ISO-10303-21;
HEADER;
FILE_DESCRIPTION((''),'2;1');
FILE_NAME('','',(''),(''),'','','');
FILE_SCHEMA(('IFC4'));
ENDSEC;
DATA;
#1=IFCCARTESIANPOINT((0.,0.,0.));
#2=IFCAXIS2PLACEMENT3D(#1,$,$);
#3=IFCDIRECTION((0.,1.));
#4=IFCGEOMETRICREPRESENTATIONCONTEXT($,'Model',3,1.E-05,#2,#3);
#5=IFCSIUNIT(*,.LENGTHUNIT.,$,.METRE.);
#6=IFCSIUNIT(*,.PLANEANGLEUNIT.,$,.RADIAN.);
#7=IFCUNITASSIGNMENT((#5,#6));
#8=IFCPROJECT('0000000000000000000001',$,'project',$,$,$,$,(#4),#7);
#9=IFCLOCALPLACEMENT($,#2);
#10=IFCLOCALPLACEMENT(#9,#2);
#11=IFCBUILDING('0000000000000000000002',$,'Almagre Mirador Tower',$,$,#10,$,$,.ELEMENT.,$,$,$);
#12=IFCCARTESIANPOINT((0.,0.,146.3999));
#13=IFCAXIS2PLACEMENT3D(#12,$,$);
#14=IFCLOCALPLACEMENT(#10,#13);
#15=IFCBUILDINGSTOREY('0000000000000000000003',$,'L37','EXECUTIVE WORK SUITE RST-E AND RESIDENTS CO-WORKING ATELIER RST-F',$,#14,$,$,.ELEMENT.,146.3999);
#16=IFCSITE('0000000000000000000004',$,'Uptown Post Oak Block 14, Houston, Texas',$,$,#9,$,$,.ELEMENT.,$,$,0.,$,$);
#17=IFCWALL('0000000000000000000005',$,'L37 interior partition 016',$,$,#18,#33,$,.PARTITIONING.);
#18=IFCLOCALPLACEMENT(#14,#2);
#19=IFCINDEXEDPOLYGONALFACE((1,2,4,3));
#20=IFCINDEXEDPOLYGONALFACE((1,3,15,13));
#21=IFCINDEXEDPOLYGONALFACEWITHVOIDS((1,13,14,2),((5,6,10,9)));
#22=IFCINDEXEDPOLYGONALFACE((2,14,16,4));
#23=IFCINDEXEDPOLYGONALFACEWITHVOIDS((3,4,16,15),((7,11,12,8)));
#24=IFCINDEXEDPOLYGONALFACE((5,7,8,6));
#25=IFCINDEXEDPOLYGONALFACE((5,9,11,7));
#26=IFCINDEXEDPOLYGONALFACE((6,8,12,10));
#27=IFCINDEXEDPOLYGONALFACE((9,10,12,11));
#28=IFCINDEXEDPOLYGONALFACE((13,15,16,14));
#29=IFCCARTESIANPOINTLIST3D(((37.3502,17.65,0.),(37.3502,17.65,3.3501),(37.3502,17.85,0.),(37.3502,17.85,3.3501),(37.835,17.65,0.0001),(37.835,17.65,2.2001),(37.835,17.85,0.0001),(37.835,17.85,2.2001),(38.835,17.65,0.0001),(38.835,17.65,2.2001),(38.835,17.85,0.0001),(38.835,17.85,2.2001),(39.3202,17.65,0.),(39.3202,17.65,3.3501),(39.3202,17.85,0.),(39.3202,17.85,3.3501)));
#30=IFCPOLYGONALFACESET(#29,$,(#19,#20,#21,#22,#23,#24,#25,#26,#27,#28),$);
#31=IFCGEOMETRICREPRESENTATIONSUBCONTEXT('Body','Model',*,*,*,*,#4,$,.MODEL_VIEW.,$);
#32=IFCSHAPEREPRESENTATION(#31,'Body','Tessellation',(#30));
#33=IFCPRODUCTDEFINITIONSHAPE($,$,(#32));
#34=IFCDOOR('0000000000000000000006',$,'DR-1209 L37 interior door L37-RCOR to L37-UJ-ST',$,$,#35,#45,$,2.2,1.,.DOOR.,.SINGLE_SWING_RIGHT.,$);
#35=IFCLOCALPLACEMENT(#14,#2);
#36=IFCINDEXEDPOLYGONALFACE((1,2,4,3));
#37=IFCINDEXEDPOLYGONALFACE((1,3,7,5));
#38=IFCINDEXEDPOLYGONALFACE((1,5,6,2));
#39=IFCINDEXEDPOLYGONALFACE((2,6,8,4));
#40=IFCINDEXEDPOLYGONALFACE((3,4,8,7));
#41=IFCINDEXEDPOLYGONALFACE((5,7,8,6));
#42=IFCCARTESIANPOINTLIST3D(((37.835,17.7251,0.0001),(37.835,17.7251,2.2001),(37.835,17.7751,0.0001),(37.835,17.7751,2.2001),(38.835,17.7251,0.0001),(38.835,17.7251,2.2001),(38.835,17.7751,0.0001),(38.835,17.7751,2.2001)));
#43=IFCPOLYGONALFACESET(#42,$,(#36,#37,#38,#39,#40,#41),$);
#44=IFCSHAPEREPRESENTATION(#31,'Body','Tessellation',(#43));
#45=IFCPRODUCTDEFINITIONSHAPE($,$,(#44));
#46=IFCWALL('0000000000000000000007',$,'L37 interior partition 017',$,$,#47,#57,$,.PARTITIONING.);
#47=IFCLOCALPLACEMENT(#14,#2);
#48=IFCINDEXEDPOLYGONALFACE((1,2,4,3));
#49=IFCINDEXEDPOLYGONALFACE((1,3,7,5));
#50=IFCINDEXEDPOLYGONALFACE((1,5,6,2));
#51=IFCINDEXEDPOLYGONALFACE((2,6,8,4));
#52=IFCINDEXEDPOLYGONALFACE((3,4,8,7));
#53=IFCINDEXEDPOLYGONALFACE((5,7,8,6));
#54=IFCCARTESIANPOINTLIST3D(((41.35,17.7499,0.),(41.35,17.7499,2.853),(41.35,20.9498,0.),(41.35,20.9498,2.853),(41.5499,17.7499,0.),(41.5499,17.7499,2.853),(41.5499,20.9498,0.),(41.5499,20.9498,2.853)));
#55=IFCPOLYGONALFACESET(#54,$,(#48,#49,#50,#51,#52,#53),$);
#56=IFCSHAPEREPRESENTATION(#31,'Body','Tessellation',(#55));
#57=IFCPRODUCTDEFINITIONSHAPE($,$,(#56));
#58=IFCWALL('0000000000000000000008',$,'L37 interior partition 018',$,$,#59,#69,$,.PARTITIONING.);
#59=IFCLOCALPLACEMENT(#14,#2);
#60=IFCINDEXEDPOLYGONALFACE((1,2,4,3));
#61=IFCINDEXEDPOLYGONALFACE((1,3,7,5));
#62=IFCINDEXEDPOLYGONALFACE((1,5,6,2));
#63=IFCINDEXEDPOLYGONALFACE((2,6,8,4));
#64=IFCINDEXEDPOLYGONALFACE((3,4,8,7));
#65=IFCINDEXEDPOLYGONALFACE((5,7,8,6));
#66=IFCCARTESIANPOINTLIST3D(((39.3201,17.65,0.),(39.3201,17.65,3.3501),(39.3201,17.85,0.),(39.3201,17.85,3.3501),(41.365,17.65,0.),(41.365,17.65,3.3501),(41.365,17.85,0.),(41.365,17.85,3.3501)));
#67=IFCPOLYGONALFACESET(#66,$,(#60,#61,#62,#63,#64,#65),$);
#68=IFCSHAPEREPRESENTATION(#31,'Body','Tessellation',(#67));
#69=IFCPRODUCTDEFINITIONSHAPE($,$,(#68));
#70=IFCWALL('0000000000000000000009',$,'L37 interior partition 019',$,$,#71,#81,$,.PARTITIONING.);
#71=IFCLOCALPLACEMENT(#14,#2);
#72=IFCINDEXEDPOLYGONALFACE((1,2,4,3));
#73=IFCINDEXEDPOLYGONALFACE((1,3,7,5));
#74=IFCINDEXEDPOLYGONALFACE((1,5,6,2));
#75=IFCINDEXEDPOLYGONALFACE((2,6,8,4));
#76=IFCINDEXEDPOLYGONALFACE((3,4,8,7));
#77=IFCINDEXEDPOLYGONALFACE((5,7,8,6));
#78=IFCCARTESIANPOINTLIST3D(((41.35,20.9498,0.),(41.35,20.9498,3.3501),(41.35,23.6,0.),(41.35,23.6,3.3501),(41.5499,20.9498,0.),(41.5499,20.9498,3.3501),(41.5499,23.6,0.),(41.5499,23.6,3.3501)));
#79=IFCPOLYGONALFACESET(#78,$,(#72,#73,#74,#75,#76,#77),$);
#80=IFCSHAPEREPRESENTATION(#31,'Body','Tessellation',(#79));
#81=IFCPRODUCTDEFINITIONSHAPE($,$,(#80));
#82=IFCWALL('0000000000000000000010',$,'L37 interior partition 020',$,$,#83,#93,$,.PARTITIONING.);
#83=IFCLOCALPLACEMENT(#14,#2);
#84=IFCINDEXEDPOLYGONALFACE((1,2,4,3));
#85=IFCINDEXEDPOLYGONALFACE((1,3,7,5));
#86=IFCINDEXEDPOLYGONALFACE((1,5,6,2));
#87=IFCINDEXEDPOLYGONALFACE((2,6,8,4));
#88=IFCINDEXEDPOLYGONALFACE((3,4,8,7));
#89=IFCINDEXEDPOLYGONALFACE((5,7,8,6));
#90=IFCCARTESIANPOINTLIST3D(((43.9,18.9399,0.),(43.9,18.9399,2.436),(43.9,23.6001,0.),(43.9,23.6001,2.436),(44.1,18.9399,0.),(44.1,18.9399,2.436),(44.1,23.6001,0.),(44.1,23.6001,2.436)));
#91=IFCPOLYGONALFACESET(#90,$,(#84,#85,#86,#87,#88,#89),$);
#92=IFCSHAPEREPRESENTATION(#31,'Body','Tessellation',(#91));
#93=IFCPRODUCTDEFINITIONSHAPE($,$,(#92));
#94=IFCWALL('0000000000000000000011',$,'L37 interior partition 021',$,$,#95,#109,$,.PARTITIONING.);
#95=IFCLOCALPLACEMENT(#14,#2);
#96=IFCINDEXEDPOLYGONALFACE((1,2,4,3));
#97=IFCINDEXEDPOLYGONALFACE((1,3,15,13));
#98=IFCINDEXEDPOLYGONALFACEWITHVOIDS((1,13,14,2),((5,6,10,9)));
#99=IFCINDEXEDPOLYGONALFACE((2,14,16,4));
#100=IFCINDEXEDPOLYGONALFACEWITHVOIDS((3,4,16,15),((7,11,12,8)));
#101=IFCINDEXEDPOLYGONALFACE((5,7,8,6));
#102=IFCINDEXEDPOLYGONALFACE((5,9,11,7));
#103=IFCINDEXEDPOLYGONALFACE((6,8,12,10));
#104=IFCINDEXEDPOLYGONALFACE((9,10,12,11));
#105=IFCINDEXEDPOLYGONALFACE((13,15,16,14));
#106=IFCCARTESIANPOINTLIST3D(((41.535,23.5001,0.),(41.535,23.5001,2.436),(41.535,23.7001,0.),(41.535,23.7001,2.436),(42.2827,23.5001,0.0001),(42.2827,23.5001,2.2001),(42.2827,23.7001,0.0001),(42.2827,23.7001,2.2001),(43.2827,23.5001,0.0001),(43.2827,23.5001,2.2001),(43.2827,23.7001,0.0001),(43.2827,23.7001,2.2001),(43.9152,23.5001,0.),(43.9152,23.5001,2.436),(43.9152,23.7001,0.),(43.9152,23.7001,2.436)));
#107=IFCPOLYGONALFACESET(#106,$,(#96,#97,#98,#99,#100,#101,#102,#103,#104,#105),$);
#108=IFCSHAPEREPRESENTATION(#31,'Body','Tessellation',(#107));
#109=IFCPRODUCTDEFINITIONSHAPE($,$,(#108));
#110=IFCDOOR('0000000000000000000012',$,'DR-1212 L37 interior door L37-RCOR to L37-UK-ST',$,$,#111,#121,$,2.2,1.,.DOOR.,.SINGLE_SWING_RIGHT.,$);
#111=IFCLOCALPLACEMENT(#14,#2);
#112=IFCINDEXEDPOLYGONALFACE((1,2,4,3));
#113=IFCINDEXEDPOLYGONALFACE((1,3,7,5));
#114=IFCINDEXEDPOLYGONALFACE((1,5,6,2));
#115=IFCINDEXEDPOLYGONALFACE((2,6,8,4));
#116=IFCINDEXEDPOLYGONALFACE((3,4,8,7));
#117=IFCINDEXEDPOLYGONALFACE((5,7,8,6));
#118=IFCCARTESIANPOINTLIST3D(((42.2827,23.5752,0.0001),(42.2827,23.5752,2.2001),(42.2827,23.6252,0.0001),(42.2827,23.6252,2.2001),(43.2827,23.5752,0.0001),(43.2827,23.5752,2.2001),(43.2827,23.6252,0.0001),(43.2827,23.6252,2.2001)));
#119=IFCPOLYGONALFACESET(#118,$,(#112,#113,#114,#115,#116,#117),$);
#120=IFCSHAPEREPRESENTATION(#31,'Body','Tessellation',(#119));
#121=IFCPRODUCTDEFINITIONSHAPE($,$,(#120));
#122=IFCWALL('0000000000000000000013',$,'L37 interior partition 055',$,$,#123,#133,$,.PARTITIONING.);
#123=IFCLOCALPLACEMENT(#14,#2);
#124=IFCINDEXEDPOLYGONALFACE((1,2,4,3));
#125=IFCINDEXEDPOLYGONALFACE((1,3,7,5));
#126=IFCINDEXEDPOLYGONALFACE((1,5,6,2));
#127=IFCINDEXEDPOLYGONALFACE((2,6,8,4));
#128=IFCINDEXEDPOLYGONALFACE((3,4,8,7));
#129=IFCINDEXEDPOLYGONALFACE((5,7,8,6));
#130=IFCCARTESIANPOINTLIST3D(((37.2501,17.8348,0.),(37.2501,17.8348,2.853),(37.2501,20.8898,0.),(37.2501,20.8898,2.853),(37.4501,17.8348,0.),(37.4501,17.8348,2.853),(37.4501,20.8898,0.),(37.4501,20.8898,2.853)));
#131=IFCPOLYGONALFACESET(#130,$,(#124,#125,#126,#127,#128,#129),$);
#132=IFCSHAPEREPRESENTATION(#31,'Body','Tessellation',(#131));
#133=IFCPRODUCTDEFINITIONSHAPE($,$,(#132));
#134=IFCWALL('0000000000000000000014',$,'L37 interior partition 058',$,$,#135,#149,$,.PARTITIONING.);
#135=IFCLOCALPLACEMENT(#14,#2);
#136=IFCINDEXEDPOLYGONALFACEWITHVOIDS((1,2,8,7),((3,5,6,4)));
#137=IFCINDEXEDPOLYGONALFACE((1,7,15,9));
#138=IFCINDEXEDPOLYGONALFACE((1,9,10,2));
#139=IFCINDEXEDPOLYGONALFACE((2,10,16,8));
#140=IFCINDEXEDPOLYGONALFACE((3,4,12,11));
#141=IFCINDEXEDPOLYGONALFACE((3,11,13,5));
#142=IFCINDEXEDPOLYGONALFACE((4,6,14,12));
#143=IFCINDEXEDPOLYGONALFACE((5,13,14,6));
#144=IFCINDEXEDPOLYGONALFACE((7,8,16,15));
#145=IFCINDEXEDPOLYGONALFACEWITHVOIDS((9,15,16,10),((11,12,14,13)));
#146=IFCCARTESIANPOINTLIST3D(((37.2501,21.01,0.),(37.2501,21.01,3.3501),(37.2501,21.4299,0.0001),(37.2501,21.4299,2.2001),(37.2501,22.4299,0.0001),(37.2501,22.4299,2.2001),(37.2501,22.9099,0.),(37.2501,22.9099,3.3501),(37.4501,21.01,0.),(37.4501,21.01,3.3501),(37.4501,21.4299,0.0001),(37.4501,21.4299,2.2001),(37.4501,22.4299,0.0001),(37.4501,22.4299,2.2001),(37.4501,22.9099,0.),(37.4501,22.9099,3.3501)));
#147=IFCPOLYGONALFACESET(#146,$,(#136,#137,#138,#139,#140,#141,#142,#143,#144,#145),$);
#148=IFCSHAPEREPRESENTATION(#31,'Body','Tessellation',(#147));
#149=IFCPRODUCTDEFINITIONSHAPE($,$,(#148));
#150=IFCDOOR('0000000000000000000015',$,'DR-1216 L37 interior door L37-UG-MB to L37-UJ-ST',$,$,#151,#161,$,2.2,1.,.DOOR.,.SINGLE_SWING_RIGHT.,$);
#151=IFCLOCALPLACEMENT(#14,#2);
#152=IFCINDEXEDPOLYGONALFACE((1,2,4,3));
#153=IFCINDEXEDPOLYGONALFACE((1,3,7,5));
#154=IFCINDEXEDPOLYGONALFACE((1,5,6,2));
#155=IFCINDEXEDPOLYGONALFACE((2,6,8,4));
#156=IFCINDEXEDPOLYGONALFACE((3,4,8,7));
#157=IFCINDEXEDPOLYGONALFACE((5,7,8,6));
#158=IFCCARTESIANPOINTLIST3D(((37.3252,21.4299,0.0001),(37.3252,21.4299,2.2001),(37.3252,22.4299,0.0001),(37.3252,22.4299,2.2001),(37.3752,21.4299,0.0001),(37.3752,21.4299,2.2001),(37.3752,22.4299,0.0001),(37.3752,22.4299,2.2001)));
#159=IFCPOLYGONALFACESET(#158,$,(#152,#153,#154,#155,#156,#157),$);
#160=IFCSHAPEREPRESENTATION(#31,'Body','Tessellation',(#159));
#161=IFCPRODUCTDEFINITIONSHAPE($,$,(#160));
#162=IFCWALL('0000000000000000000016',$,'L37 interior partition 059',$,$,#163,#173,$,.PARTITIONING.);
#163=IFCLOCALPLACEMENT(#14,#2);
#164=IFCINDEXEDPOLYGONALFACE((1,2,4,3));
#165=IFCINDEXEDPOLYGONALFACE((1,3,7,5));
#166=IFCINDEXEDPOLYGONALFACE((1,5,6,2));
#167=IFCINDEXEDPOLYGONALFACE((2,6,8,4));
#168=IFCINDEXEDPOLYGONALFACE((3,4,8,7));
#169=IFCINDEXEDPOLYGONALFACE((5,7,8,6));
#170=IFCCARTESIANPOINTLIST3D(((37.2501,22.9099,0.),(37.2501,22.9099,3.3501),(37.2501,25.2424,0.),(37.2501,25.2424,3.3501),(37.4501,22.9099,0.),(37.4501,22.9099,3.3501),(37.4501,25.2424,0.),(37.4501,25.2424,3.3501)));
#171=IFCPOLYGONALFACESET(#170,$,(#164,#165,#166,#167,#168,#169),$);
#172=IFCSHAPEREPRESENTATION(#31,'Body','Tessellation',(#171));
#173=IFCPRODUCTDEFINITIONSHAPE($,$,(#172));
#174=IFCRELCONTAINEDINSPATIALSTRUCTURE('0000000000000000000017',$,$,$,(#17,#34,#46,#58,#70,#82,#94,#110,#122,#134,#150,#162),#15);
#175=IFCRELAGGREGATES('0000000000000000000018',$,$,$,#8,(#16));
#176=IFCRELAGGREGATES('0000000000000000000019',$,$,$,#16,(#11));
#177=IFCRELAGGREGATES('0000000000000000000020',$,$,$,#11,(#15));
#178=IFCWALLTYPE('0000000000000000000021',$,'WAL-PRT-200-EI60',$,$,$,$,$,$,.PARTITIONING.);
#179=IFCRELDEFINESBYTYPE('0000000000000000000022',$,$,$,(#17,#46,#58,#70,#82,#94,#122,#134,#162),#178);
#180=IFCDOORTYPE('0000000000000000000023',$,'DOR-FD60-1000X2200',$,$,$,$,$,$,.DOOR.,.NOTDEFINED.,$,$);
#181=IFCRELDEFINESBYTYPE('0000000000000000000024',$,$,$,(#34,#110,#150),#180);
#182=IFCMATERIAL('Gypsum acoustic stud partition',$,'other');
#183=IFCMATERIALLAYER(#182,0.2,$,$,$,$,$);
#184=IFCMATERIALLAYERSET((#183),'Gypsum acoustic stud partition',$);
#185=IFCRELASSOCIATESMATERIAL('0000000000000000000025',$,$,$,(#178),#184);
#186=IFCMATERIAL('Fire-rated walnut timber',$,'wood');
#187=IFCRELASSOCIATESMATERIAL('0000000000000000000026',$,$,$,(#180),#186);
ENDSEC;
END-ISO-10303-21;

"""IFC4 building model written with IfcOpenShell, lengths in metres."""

from ifc_helpers import new_model, si_unit, direction, frame, frame_2d, origin, place, context, subcontext, project, spatial, rectangle, extrude, material, layer, layer_set, type_object, element, fill, save


model = new_model("IFC4")

# Units and contexts
model_context = context("Model", 3, precision=1e-05, world=origin(), true_north=direction((0.0, 1.0)))
body_context = subcontext(model_context, "Body", "Model", "MODEL_VIEW")
ifc_project = project(units=[si_unit("LENGTHUNIT", "METRE"), si_unit("PLANEANGLEUNIT", "RADIAN")], contexts=[model_context])

# Site, building, storey
site_placement = place(None, origin())
site = spatial("IfcSite", under=ifc_project, at=site_placement, Name="Uptown Post Oak Block 14, Houston, Texas", CompositionType="ELEMENT", RefElevation=0.0)
building_placement = place(site_placement, origin())
building = spatial("IfcBuilding", under=site, at=building_placement, Name="Almagre Mirador Tower", CompositionType="ELEMENT")
storey_placement = place(building_placement, frame((0.0, 0.0, 146.3999)))
storey = spatial("IfcBuildingStorey", under=building, at=storey_placement, Name="L37", Description="EXECUTIVE WORK SUITE RST-E AND RESIDENTS CO-WORKING ATELIER RST-F", CompositionType="ELEMENT", Elevation=146.3999)

# Shared definitions
ifc_material_1 = material(Name="Gypsum acoustic stud partition", Category="other")
ifc_layer_1 = layer(ifc_material_1, 0.2)
ifc_layer_set_1 = layer_set([ifc_layer_1], Name="Gypsum acoustic stud partition")
wall_type_1 = type_object("IfcWallType", Name="WAL-PRT-200-EI60", PredefinedType="PARTITIONING", material=ifc_layer_set_1)

# Wall, opening, door
wall_1_placement = place(storey_placement, frame((39.3201, 17.75, 0.0), z_axis=(0.0, 0.0, 1.0), x_axis=(-1.0, 0.0, 0.0)))
wall_1 = element("IfcWall", 1, at=wall_1_placement, inside=storey, type_object=wall_type_1, Name="L37 interior partition 016", PredefinedType="PARTITIONING", context=body_context, shape_type="SweptSolid", body=[
    extrude(rectangle(XDim=1.97, YDim=0.2, at=frame_2d((0.9849, 0.0))), origin(), (0.0, 0.0, 1.0), 3.3501),
])
opening_1_placement = place(wall_1_placement, frame((0.4851, 0.0, 0.0)))
opening_1 = element("IfcOpeningElement", 2, at=opening_1_placement, cuts=wall_1, PredefinedType="OPENING", context=body_context, shape_type="SweptSolid", body=[
    extrude(rectangle(XDim=1.0, YDim=2.2, at=frame_2d((0.5, 1.1001))), frame((0.0, 0.1101, 0.0), z_axis=(0.0, -1.0, 0.0), x_axis=(1.0, 0.0, 0.0)), (0.0, 0.0, 1.0), 0.22),
])
ifc_material_2 = material(Name="Fire-rated walnut timber", Category="wood")
door_type_1 = type_object("IfcDoorType", Name="DOR-FD60-1000X2200", OperationType="NOTDEFINED", PredefinedType="DOOR", material=ifc_material_2)
door_1_placement = place(opening_1_placement, origin())
door_1 = element("IfcDoor", 3, at=door_1_placement, inside=storey, type_object=door_type_1, Name="DR-1209 L37 interior door L37-RCOR to L37-UJ-ST", OperationType="SINGLE_SWING_RIGHT", OverallHeight=2.2, OverallWidth=1.0, PredefinedType="DOOR", context=body_context, shape_type="SweptSolid", body=[
    extrude(rectangle(XDim=1.0, YDim=2.2, at=frame_2d((0.5, 1.1001))), frame((0.0, 0.0249, 0.0), z_axis=(0.0, -1.0, 0.0), x_axis=(1.0, 0.0, 0.0)), (0.0, 0.0, 1.0), 0.05),
])
fill(opening_1, door_1)

# Walls
wall_2_placement = place(storey_placement, frame((41.45, 20.95, 0.0), z_axis=(0.0, 0.0, 1.0), x_axis=(0.0, -1.0, 0.0)))
element("IfcWall", 4, at=wall_2_placement, inside=storey, type_object=wall_type_1, Name="L37 interior partition 017", PredefinedType="PARTITIONING", context=body_context, shape_type="SweptSolid", body=[
    extrude(rectangle(XDim=3.2, YDim=0.2, at=frame_2d((1.6001, 0.0))), origin(), (0.0, 0.0, 1.0), 2.853),
])
wall_3_placement = place(storey_placement, frame((41.365, 17.75, 0.0), z_axis=(0.0, 0.0, 1.0), x_axis=(-1.0, 0.0, 0.0)))
element("IfcWall", 5, at=wall_3_placement, inside=storey, type_object=wall_type_1, Name="L37 interior partition 018", PredefinedType="PARTITIONING", context=body_context, shape_type="SweptSolid", body=[
    extrude(rectangle(XDim=2.0449, YDim=0.2, at=frame_2d((1.0225, 0.0))), origin(), (0.0, 0.0, 1.0), 3.3501),
])
wall_4_placement = place(storey_placement, frame((41.45, 23.6001, 0.0), z_axis=(0.0, 0.0, 1.0), x_axis=(0.0, -1.0, 0.0)))
element("IfcWall", 6, at=wall_4_placement, inside=storey, type_object=wall_type_1, Name="L37 interior partition 019", PredefinedType="PARTITIONING", context=body_context, shape_type="SweptSolid", body=[
    extrude(rectangle(XDim=2.6501, YDim=0.2, at=frame_2d((1.3252, 0.0))), origin(), (0.0, 0.0, 1.0), 3.3501),
])
wall_5_placement = place(storey_placement, frame((44.0, 18.9399, 0.0), z_axis=(0.0, 0.0, 1.0), x_axis=(0.0, 1.0, 0.0)))
element("IfcWall", 7, at=wall_5_placement, inside=storey, type_object=wall_type_1, Name="L37 interior partition 020", PredefinedType="PARTITIONING", context=body_context, shape_type="SweptSolid", body=[
    extrude(rectangle(XDim=4.6602, YDim=0.2, at=frame_2d((2.3301, 0.0))), origin(), (0.0, 0.0, 1.0), 2.436),
])

# Wall, opening, door
wall_6_placement = place(storey_placement, frame((43.915, 23.6001, 0.0), z_axis=(0.0, 0.0, 1.0), x_axis=(-1.0, 0.0, 0.0)))
wall_6 = element("IfcWall", 8, at=wall_6_placement, inside=storey, type_object=wall_type_1, Name="L37 interior partition 021", PredefinedType="PARTITIONING", context=body_context, shape_type="SweptSolid", body=[
    extrude(rectangle(XDim=2.3801, YDim=0.2, at=frame_2d((1.1899, 0.0))), origin(), (0.0, 0.0, 1.0), 2.436),
])
opening_2_placement = place(wall_6_placement, frame((0.6323, 0.0, 0.0)))
opening_2 = element("IfcOpeningElement", 9, at=opening_2_placement, cuts=wall_6, PredefinedType="OPENING", context=body_context, shape_type="SweptSolid", body=[
    extrude(rectangle(XDim=1.0, YDim=2.2, at=frame_2d((0.5, 1.1001))), frame((0.0, 0.1101, 0.0), z_axis=(0.0, -1.0, 0.0), x_axis=(1.0, 0.0, 0.0)), (0.0, 0.0, 1.0), 0.22),
])
door_2_placement = place(opening_2_placement, origin())
door_2 = element("IfcDoor", 10, at=door_2_placement, inside=storey, type_object=door_type_1, Name="DR-1212 L37 interior door L37-RCOR to L37-UK-ST", OperationType="SINGLE_SWING_RIGHT", OverallHeight=2.2, OverallWidth=1.0, PredefinedType="DOOR", context=body_context, shape_type="SweptSolid", body=[
    extrude(rectangle(XDim=1.0, YDim=2.2, at=frame_2d((0.5, 1.1001))), frame((0.0, 0.0249, 0.0), z_axis=(0.0, -1.0, 0.0), x_axis=(1.0, 0.0, 0.0)), (0.0, 0.0, 1.0), 0.05),
])
fill(opening_2, door_2)

# Wall
wall_7_placement = place(storey_placement, frame((37.3501, 17.835, 0.0), z_axis=(0.0, 0.0, 1.0), x_axis=(0.0, 1.0, 0.0)))
element("IfcWall", 11, at=wall_7_placement, inside=storey, type_object=wall_type_1, Name="L37 interior partition 055", PredefinedType="PARTITIONING", context=body_context, shape_type="SweptSolid", body=[
    extrude(rectangle(XDim=3.0549, YDim=0.2, at=frame_2d((1.5273, 0.0))), origin(), (0.0, 0.0, 1.0), 2.853),
])

# Wall, opening, door
wall_8_placement = place(storey_placement, frame((37.3501, 21.01, 0.0), z_axis=(0.0, 0.0, 1.0), x_axis=(0.0, 1.0, 0.0)))
wall_8 = element("IfcWall", 12, at=wall_8_placement, inside=storey, type_object=wall_type_1, Name="L37 interior partition 058", PredefinedType="PARTITIONING", context=body_context, shape_type="SweptSolid", body=[
    extrude(rectangle(XDim=1.8999, YDim=0.2, at=frame_2d((0.95, 0.0))), origin(), (0.0, 0.0, 1.0), 3.3501),
])
opening_3_placement = place(wall_8_placement, frame((0.4199, 0.0, 0.0)))
opening_3 = element("IfcOpeningElement", 13, at=opening_3_placement, cuts=wall_8, PredefinedType="OPENING", context=body_context, shape_type="SweptSolid", body=[
    extrude(rectangle(XDim=1.0, YDim=2.2, at=frame_2d((0.5, 1.1001))), frame((0.0, 0.1101, 0.0), z_axis=(0.0, -1.0, 0.0), x_axis=(1.0, 0.0, 0.0)), (0.0, 0.0, 1.0), 0.22),
])
door_3_placement = place(opening_3_placement, origin())
door_3 = element("IfcDoor", 14, at=door_3_placement, inside=storey, type_object=door_type_1, Name="DR-1216 L37 interior door L37-UG-MB to L37-UJ-ST", OperationType="SINGLE_SWING_RIGHT", OverallHeight=2.2, OverallWidth=1.0, PredefinedType="DOOR", context=body_context, shape_type="SweptSolid", body=[
    extrude(rectangle(XDim=1.0, YDim=2.2, at=frame_2d((0.5, 1.1001))), frame((0.0, 0.0249, 0.0), z_axis=(0.0, -1.0, 0.0), x_axis=(1.0, 0.0, 0.0)), (0.0, 0.0, 1.0), 0.05),
])
fill(opening_3, door_3)

# Wall
wall_9_placement = place(storey_placement, frame((37.3501, 22.9099, 0.0), z_axis=(0.0, 0.0, 1.0), x_axis=(0.0, 1.0, 0.0)))
element("IfcWall", 15, at=wall_9_placement, inside=storey, type_object=wall_type_1, Name="L37 interior partition 059", PredefinedType="PARTITIONING", context=body_context, shape_type="SweptSolid", body=[
    extrude(rectangle(XDim=2.3325, YDim=0.2, at=frame_2d((1.1663, 0.0))), origin(), (0.0, 0.0, 1.0), 3.3501),
])

save(model, "model.ifc")
